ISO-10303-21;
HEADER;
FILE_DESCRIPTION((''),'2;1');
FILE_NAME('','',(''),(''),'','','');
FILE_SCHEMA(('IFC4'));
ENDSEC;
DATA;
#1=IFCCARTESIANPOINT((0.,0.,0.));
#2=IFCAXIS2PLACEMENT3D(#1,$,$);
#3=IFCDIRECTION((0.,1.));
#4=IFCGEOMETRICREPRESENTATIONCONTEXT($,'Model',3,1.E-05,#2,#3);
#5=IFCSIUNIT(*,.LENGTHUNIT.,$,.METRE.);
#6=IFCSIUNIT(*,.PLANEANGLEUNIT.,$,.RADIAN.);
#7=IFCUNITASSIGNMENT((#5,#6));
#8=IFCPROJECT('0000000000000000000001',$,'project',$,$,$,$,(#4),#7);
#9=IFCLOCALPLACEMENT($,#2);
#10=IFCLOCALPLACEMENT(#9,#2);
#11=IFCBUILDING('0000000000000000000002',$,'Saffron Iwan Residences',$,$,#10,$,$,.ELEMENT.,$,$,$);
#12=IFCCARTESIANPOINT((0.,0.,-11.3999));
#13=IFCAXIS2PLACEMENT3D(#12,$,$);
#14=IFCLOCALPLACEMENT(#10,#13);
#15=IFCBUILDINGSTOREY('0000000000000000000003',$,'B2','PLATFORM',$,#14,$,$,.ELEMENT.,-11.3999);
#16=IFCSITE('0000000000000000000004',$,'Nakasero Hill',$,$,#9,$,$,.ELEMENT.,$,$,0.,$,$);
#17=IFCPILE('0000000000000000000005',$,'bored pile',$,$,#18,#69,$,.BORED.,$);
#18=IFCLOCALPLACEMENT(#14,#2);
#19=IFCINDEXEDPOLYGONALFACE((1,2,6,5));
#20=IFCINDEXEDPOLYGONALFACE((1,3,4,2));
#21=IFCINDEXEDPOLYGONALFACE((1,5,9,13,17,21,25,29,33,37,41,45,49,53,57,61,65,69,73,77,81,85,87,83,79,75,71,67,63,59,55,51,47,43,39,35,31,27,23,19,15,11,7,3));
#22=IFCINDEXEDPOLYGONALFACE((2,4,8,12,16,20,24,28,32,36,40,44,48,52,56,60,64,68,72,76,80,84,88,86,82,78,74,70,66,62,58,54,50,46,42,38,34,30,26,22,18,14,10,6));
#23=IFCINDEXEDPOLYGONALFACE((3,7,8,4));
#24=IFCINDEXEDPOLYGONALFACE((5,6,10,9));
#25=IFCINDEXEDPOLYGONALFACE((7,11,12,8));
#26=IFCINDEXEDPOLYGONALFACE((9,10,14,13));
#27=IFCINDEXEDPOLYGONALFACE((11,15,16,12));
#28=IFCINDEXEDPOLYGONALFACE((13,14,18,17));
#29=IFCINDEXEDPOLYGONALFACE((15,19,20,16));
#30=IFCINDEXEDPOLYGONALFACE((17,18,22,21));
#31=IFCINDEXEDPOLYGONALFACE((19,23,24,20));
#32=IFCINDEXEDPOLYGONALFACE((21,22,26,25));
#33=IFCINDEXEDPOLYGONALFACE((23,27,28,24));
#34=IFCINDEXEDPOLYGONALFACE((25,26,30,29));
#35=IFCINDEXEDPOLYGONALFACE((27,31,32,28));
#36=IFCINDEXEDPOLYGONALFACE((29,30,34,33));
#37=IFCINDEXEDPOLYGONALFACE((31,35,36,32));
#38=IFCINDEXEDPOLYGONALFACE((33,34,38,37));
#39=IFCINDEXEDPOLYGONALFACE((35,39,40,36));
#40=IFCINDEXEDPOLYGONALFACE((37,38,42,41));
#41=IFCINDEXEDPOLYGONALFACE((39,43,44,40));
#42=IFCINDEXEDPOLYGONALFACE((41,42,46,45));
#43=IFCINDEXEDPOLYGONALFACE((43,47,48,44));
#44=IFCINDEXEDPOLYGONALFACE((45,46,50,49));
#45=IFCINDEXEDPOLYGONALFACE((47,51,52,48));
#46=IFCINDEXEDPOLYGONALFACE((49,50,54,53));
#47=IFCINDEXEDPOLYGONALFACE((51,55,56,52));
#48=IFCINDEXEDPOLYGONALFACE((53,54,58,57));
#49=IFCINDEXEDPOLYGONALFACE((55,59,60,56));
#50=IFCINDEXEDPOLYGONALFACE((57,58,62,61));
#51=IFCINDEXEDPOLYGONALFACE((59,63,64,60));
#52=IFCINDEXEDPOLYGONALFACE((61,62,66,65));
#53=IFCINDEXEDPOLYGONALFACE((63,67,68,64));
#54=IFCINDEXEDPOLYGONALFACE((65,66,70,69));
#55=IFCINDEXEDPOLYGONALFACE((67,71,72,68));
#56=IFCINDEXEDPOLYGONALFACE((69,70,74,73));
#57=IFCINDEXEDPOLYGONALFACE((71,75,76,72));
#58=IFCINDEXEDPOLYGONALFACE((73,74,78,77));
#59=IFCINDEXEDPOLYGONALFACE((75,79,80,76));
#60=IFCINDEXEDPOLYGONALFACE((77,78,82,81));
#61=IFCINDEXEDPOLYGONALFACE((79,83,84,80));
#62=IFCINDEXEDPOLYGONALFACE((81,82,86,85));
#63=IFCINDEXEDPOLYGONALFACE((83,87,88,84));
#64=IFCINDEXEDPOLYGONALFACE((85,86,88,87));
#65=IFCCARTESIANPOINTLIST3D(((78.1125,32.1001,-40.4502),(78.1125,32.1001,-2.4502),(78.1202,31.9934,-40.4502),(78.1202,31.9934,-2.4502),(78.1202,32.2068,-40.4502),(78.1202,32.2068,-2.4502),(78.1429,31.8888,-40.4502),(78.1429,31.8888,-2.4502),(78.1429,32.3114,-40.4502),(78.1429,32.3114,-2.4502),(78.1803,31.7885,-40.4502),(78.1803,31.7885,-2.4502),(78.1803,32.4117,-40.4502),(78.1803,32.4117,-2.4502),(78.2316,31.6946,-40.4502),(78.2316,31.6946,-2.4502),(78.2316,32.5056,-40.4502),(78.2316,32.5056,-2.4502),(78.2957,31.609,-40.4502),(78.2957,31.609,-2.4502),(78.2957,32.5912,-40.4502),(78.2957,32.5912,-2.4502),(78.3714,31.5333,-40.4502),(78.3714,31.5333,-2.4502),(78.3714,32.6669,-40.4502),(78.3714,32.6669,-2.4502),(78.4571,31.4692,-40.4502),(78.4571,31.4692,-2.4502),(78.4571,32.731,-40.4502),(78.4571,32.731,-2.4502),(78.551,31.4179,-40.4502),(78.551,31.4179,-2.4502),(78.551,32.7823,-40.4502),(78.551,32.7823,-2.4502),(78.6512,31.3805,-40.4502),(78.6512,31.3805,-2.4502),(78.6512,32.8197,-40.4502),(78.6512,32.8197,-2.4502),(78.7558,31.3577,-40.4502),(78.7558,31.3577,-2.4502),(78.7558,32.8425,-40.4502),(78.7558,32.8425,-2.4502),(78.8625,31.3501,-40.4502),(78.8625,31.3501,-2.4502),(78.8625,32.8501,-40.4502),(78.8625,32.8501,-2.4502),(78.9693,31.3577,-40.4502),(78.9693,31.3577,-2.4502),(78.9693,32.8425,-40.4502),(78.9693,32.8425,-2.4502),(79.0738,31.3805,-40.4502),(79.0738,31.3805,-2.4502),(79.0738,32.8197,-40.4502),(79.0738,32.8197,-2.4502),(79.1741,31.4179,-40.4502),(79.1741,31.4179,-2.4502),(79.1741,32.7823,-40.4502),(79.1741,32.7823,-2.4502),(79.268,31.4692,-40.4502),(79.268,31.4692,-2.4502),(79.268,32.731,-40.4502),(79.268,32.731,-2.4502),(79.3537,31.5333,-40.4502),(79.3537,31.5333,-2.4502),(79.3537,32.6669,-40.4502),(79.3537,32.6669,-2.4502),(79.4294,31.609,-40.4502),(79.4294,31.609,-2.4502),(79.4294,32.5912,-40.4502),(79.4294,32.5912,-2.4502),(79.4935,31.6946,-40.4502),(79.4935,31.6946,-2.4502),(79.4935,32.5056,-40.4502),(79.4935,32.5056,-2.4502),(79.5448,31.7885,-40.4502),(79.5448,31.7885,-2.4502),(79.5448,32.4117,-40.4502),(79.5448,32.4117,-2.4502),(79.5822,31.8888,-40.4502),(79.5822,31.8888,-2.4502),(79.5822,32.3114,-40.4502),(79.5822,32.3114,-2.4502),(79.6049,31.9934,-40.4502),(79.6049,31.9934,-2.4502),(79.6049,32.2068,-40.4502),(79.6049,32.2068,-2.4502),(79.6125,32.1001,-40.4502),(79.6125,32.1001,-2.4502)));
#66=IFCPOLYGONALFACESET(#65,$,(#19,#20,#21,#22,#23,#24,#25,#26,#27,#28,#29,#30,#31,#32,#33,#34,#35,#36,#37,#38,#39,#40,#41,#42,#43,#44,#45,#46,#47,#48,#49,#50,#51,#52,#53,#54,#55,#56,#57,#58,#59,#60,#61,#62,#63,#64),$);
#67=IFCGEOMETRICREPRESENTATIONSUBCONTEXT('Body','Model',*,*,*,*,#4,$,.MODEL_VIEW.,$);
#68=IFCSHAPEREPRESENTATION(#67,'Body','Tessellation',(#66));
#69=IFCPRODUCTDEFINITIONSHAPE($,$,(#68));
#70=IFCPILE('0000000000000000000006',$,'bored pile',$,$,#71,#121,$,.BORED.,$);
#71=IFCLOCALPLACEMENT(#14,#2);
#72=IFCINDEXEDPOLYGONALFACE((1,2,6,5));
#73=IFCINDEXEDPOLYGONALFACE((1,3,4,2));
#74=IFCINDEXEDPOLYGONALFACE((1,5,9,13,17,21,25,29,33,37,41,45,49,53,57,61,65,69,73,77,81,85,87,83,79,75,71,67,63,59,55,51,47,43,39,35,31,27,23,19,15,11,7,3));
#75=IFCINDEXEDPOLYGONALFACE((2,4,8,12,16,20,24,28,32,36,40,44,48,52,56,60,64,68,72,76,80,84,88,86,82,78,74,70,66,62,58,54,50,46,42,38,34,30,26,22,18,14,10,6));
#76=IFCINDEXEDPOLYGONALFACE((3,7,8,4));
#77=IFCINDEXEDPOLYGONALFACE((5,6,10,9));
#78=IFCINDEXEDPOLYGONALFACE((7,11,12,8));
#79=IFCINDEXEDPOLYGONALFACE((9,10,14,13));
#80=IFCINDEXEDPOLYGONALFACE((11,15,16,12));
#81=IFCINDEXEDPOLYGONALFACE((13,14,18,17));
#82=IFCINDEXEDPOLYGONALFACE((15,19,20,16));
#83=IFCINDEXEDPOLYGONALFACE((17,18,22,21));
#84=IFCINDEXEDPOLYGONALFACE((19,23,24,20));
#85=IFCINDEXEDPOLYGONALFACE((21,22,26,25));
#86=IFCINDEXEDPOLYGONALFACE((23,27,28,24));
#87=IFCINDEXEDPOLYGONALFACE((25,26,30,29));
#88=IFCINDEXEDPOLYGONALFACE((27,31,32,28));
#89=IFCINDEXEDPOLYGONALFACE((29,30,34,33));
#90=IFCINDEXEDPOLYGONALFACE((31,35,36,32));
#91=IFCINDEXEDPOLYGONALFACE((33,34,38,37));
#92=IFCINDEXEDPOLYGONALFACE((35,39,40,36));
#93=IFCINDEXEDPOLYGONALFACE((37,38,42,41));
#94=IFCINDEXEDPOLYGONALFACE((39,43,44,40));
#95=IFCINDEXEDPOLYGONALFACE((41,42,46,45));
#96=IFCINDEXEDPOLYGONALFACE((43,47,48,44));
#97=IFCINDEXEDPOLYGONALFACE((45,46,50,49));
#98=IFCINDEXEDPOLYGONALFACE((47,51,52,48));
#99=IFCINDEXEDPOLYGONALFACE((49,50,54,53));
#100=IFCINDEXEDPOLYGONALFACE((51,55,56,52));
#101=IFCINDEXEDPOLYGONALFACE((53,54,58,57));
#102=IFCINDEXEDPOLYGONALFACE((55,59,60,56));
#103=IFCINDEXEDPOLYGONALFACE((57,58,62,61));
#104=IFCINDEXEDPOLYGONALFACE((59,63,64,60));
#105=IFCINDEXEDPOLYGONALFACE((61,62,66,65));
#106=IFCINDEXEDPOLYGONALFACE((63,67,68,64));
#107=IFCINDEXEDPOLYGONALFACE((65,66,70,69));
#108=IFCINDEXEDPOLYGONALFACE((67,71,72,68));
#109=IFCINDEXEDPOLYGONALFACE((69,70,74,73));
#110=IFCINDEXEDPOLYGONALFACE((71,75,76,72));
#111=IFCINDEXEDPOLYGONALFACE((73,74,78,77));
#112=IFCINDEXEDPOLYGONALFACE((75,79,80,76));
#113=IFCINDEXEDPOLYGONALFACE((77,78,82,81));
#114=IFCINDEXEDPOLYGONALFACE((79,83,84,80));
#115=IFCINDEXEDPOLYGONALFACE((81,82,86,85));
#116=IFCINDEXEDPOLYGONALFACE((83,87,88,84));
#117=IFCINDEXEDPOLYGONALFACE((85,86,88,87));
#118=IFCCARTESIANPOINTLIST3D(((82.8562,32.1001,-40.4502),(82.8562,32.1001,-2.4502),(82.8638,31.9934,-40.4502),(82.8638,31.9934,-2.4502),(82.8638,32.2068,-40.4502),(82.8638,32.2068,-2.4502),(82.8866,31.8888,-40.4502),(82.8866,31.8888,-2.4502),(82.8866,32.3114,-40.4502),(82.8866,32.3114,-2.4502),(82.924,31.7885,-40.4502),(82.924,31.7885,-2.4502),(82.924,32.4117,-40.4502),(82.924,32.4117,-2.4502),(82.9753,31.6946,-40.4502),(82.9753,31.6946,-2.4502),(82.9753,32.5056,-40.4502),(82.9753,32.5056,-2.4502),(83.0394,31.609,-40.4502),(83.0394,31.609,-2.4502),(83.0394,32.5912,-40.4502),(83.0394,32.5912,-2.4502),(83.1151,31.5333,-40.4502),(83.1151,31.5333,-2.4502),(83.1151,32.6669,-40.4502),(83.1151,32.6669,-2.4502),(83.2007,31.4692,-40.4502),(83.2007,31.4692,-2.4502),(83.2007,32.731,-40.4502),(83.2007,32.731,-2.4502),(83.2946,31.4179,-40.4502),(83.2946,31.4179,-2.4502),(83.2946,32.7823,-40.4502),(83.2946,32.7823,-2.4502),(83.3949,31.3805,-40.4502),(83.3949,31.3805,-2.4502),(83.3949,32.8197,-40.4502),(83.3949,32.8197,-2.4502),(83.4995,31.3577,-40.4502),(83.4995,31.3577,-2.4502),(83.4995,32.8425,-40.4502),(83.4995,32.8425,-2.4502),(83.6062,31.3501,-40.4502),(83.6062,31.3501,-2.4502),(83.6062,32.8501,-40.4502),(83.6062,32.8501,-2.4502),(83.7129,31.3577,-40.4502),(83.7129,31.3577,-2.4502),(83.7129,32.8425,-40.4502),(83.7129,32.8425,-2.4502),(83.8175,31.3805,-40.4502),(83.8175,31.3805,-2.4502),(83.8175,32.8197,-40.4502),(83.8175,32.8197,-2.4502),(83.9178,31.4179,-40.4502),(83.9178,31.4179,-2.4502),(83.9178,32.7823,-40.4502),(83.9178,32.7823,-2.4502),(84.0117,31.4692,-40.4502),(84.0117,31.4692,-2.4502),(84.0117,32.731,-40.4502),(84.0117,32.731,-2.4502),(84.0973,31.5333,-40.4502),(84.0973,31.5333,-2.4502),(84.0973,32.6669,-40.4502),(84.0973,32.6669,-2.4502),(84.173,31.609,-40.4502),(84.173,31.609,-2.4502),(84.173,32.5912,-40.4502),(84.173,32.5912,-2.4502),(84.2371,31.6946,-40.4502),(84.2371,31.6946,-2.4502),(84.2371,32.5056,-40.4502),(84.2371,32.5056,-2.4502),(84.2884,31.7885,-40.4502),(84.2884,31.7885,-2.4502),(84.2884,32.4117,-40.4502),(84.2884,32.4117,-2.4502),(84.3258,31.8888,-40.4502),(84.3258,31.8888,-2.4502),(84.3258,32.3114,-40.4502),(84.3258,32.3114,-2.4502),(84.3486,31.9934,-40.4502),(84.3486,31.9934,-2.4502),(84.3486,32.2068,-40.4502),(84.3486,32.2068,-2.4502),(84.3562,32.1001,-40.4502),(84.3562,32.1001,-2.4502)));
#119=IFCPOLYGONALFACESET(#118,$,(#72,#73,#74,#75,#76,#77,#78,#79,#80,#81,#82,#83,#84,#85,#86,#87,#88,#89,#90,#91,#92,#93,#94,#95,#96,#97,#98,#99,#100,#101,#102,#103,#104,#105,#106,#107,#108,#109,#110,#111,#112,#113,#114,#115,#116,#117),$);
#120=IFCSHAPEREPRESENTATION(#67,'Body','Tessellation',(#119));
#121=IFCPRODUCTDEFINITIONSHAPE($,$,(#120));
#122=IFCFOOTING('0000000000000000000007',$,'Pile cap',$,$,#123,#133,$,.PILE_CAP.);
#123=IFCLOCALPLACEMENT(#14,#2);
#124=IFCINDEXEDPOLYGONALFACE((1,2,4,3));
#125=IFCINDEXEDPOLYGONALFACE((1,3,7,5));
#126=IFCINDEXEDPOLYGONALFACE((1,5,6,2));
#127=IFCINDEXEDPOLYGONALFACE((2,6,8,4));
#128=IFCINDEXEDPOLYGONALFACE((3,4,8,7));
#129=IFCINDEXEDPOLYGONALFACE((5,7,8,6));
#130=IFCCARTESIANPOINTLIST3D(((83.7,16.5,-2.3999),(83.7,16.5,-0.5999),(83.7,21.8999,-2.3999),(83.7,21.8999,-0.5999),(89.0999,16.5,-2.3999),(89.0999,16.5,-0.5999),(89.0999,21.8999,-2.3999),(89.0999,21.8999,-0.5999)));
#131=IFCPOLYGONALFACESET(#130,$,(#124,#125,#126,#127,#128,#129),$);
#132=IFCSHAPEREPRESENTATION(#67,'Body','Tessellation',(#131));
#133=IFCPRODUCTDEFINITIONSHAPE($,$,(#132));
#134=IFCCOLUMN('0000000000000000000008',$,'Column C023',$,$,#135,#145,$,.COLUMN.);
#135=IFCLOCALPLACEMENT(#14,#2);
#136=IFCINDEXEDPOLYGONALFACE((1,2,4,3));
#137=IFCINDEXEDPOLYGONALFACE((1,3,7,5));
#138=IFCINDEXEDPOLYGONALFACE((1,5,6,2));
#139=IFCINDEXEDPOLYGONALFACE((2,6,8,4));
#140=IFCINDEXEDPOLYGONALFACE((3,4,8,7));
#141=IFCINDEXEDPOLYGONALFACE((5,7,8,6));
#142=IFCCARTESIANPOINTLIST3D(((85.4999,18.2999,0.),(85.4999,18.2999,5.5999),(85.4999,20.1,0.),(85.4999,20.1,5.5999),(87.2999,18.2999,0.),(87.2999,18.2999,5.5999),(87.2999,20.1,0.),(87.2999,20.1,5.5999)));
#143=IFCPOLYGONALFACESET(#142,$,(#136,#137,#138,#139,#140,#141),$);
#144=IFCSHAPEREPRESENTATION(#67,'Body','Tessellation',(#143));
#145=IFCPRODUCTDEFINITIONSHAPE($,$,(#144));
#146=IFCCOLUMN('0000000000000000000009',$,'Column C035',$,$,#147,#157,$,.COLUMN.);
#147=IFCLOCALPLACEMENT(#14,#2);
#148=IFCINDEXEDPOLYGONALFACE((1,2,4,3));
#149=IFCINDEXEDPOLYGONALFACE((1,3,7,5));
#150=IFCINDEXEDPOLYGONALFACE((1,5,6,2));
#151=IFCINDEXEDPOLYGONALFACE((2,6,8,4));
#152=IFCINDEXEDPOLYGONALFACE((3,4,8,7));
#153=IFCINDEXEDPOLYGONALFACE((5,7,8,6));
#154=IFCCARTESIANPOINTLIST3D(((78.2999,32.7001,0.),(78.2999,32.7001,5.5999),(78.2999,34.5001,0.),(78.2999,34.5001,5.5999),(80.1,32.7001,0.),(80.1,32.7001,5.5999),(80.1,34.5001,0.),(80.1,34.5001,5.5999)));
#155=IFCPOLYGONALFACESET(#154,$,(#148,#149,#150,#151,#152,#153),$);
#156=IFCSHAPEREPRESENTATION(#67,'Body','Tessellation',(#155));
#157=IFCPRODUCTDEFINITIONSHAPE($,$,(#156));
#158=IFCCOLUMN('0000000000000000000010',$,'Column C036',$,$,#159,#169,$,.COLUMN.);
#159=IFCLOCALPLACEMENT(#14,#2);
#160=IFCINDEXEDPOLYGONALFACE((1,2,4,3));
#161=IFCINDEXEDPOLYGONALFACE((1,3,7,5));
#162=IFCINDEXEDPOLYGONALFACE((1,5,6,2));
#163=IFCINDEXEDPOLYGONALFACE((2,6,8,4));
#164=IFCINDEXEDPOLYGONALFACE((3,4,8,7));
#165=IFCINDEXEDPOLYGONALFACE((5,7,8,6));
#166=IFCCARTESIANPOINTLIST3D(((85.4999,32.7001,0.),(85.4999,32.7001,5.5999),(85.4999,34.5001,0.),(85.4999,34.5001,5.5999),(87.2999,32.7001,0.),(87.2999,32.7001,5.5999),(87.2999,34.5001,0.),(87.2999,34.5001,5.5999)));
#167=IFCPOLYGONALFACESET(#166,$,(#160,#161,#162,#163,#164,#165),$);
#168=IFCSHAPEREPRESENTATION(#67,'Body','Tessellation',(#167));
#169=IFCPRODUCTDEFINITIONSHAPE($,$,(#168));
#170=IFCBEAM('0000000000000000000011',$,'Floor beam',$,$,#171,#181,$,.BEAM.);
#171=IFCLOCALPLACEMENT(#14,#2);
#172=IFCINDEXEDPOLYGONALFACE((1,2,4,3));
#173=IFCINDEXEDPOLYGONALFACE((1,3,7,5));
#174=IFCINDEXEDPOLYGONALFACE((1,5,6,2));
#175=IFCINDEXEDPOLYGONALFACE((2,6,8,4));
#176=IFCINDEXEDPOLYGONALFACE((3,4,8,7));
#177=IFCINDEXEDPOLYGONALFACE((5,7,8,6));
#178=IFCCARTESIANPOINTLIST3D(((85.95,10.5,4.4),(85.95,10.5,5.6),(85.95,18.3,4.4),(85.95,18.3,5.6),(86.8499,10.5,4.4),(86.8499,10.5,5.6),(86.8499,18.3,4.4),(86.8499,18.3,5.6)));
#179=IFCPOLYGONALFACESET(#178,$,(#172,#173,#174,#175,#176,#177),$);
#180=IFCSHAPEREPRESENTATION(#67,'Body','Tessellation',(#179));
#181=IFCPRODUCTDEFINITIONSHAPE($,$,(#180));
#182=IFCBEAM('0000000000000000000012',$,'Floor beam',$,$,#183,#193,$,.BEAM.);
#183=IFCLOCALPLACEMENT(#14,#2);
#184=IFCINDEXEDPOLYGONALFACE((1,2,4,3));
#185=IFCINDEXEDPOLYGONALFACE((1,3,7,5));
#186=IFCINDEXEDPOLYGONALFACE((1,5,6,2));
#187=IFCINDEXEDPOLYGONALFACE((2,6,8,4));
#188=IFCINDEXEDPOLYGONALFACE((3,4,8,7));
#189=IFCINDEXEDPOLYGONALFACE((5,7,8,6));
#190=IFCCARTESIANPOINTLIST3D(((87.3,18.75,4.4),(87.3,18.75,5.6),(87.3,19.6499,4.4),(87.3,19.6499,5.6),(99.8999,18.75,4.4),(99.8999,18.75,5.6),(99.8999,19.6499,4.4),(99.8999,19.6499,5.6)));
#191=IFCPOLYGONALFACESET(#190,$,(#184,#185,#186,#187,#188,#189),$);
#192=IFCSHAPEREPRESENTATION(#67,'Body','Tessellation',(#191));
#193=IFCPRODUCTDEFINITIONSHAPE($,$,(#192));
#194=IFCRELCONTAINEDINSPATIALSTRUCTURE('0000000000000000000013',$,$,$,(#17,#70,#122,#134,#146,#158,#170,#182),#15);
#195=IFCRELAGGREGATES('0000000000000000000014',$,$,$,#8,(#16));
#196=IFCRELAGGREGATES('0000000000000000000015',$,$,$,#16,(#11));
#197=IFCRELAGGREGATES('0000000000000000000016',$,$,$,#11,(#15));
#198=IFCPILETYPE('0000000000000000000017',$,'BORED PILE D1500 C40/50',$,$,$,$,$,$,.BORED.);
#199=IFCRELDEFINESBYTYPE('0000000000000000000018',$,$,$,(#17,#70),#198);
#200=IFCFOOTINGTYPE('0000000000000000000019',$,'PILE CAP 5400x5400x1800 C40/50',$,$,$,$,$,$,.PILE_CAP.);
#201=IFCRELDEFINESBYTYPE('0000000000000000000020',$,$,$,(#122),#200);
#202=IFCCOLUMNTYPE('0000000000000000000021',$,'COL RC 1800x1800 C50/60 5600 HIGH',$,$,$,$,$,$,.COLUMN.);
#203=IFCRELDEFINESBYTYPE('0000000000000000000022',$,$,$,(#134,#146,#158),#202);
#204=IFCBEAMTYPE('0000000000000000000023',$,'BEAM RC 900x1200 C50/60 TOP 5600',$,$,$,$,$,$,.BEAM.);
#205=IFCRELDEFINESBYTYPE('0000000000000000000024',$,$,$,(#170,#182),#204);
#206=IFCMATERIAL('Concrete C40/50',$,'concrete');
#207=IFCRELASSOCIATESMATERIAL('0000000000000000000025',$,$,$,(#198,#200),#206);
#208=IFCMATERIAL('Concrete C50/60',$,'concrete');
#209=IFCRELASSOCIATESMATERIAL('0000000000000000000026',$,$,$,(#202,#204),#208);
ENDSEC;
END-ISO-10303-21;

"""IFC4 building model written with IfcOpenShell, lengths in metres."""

from ifc_helpers import new_model, si_unit, direction, frame, origin, origin_2d, place, context, subcontext, project, spatial, rectangle, circle, extrude, source, transform, mapped, material, material_profile, profile_set, type_object, element, save


model = new_model("IFC4")

# Units and contexts
model_context = context("Model", 3, precision=1e-05, world=origin(), true_north=direction((0.0, 1.0)))
body_context = subcontext(model_context, "Body", "Model", "MODEL_VIEW")
ifc_project = project(units=[si_unit("LENGTHUNIT", "METRE"), si_unit("PLANEANGLEUNIT", "RADIAN")], contexts=[model_context])

# Site, building, storey
site_placement = place(None, origin())
site = spatial("IfcSite", under=ifc_project, at=site_placement, Name="Nakasero Hill", CompositionType="ELEMENT", RefElevation=0.0)
building_placement = place(site_placement, origin())
building = spatial("IfcBuilding", under=site, at=building_placement, Name="Saffron Iwan Residences", CompositionType="ELEMENT")
storey_placement = place(building_placement, frame((0.0, 0.0, -11.3999)))
storey = spatial("IfcBuildingStorey", under=building, at=storey_placement, Name="B2", Description="PLATFORM", CompositionType="ELEMENT", Elevation=-11.3999)

# Piles
ifc_material_1 = material(Name="Concrete C40/50", Category="concrete")
ifc_material_profile_1 = material_profile(ifc_material_1, circle(Radius=0.75, at=origin_2d()), Name="RC D1500")
ifc_profile_set_1 = profile_set([ifc_material_profile_1], Name="Concrete C40/50")
pile_type_1 = type_object("IfcPileType", Name="BORED PILE D1500 C40/50", PredefinedType="BORED", material=ifc_profile_set_1)
for number, where, z_axis, x_axis, name in (
    (1, (78.8625, 32.1001, -2.4502), (0.0, 0.0, -1.0), (1.0, 0.0, 0.0), "bored pile"),
    (2, (83.6062, 32.1001, -2.4502), (0.0, 0.0, -1.0), (1.0, 0.0, 0.0), "bored pile"),
):
    element("IfcPile", number, at=place(storey_placement, frame(where, z_axis=z_axis, x_axis=x_axis)), inside=storey, type_object=pile_type_1, Name=name, PredefinedType="BORED", context=body_context, shape_type="SweptSolid", body=[
        extrude(circle(Radius=0.75, at=origin_2d()), origin(), (0.0, 0.0, 1.0), 38.0),
    ])

# Footing
footing_type = type_object("IfcFootingType", Name="PILE CAP 5400x5400x1800 C40/50", PredefinedType="PILE_CAP", material=ifc_material_1)
shared_shape_1 = source(origin(), body_context, "Body", "SweptSolid", [
    extrude(rectangle(XDim=5.3999, YDim=5.3999, at=origin_2d()), origin(), (0.0, 0.0, 1.0), 1.8),
])
footing_placement = place(storey_placement, frame((86.3999, 19.2, -2.3999), z_axis=(0.0, 0.0, 1.0), x_axis=(1.0, 0.0, 0.0)))
element("IfcFooting", 3, at=footing_placement, inside=storey, type_object=footing_type, Name="Pile cap", PredefinedType="PILE_CAP", context=body_context, shape_type="MappedRepresentation", body=[
    mapped(shared_shape_1, transform((0.0, 0.0, 0.0))),
])

# Columns
ifc_material_2 = material(Name="Concrete C50/60", Category="concrete")
ifc_material_profile_2 = material_profile(ifc_material_2, rectangle(XDim=1.8, YDim=1.8, at=origin_2d()), Name="RC 1800x1800")
ifc_profile_set_2 = profile_set([ifc_material_profile_2], Name="Concrete C50/60")
column_type = type_object("IfcColumnType", Name="COL RC 1800x1800 C50/60 5600 HIGH", PredefinedType="COLUMN", material=ifc_profile_set_2)
shared_shape_2 = source(origin(), body_context, "Body", "SweptSolid", [
    extrude(rectangle(XDim=1.8, YDim=1.8, at=origin_2d()), origin(), (0.0, 0.0, 1.0), 5.5999),
])
for number, where, z_axis, x_axis, name in (
    (4, (86.3999, 19.2, 0.0), (0.0, 0.0, 1.0), (1.0, 0.0, 0.0), "Column C023"),
    (5, (79.2, 33.6001, 0.0), (0.0, 0.0, 1.0), (1.0, 0.0, 0.0), "Column C035"),
    (6, (86.3999, 33.6001, 0.0), (0.0, 0.0, 1.0), (1.0, 0.0, 0.0), "Column C036"),
):
    element("IfcColumn", number, at=place(storey_placement, frame(where, z_axis=z_axis, x_axis=x_axis)), inside=storey, type_object=column_type, Name=name, PredefinedType="COLUMN", context=body_context, shape_type="MappedRepresentation", body=[
        mapped(shared_shape_2, transform((0.0, 0.0, 0.0))),
    ])

# Beams
ifc_material_profile_3 = material_profile(ifc_material_2, rectangle(XDim=0.8999, YDim=1.2, at=origin_2d()), Name="RC 900x1200")
ifc_profile_set_3 = profile_set([ifc_material_profile_3], Name="Concrete C50/60")
beam_type_1 = type_object("IfcBeamType", Name="BEAM RC 900x1200 C50/60 TOP 5600", PredefinedType="BEAM", material=ifc_profile_set_3)
shared_shape_3 = source(origin(), body_context, "Body", "SweptSolid", [
    extrude(rectangle(XDim=0.8999, YDim=1.2, at=origin_2d()), origin(), (0.0, 0.0, 1.0), 7.8),
])
beam_1_placement = place(storey_placement, frame((86.3999, 10.5, 5.0), z_axis=(0.0, 1.0, 0.0), x_axis=(-1.0, 0.0, 0.0)))
element("IfcBeam", 7, at=beam_1_placement, inside=storey, type_object=beam_type_1, Name="Floor beam", PredefinedType="BEAM", context=body_context, shape_type="MappedRepresentation", body=[
    mapped(shared_shape_3, transform((0.0, 0.0, 0.0))),
])
shared_shape_4 = source(origin(), body_context, "Body", "SweptSolid", [
    extrude(rectangle(XDim=0.8999, YDim=1.2, at=origin_2d()), origin(), (0.0, 0.0, 1.0), 12.5999),
])
for number, where, z_axis, x_axis, name in (
    (8, (87.3, 19.2, 5.0), (1.0, 0.0, 0.0), (0.0, 1.0, 0.0), "Floor beam"),
):
    element("IfcBeam", number, at=place(storey_placement, frame(where, z_axis=z_axis, x_axis=x_axis)), inside=storey, type_object=beam_type_1, Name=name, PredefinedType="BEAM", context=body_context, shape_type="MappedRepresentation", body=[
        mapped(shared_shape_4, transform((0.0, 0.0, 0.0))),
    ])

save(model, "model.ifc")
